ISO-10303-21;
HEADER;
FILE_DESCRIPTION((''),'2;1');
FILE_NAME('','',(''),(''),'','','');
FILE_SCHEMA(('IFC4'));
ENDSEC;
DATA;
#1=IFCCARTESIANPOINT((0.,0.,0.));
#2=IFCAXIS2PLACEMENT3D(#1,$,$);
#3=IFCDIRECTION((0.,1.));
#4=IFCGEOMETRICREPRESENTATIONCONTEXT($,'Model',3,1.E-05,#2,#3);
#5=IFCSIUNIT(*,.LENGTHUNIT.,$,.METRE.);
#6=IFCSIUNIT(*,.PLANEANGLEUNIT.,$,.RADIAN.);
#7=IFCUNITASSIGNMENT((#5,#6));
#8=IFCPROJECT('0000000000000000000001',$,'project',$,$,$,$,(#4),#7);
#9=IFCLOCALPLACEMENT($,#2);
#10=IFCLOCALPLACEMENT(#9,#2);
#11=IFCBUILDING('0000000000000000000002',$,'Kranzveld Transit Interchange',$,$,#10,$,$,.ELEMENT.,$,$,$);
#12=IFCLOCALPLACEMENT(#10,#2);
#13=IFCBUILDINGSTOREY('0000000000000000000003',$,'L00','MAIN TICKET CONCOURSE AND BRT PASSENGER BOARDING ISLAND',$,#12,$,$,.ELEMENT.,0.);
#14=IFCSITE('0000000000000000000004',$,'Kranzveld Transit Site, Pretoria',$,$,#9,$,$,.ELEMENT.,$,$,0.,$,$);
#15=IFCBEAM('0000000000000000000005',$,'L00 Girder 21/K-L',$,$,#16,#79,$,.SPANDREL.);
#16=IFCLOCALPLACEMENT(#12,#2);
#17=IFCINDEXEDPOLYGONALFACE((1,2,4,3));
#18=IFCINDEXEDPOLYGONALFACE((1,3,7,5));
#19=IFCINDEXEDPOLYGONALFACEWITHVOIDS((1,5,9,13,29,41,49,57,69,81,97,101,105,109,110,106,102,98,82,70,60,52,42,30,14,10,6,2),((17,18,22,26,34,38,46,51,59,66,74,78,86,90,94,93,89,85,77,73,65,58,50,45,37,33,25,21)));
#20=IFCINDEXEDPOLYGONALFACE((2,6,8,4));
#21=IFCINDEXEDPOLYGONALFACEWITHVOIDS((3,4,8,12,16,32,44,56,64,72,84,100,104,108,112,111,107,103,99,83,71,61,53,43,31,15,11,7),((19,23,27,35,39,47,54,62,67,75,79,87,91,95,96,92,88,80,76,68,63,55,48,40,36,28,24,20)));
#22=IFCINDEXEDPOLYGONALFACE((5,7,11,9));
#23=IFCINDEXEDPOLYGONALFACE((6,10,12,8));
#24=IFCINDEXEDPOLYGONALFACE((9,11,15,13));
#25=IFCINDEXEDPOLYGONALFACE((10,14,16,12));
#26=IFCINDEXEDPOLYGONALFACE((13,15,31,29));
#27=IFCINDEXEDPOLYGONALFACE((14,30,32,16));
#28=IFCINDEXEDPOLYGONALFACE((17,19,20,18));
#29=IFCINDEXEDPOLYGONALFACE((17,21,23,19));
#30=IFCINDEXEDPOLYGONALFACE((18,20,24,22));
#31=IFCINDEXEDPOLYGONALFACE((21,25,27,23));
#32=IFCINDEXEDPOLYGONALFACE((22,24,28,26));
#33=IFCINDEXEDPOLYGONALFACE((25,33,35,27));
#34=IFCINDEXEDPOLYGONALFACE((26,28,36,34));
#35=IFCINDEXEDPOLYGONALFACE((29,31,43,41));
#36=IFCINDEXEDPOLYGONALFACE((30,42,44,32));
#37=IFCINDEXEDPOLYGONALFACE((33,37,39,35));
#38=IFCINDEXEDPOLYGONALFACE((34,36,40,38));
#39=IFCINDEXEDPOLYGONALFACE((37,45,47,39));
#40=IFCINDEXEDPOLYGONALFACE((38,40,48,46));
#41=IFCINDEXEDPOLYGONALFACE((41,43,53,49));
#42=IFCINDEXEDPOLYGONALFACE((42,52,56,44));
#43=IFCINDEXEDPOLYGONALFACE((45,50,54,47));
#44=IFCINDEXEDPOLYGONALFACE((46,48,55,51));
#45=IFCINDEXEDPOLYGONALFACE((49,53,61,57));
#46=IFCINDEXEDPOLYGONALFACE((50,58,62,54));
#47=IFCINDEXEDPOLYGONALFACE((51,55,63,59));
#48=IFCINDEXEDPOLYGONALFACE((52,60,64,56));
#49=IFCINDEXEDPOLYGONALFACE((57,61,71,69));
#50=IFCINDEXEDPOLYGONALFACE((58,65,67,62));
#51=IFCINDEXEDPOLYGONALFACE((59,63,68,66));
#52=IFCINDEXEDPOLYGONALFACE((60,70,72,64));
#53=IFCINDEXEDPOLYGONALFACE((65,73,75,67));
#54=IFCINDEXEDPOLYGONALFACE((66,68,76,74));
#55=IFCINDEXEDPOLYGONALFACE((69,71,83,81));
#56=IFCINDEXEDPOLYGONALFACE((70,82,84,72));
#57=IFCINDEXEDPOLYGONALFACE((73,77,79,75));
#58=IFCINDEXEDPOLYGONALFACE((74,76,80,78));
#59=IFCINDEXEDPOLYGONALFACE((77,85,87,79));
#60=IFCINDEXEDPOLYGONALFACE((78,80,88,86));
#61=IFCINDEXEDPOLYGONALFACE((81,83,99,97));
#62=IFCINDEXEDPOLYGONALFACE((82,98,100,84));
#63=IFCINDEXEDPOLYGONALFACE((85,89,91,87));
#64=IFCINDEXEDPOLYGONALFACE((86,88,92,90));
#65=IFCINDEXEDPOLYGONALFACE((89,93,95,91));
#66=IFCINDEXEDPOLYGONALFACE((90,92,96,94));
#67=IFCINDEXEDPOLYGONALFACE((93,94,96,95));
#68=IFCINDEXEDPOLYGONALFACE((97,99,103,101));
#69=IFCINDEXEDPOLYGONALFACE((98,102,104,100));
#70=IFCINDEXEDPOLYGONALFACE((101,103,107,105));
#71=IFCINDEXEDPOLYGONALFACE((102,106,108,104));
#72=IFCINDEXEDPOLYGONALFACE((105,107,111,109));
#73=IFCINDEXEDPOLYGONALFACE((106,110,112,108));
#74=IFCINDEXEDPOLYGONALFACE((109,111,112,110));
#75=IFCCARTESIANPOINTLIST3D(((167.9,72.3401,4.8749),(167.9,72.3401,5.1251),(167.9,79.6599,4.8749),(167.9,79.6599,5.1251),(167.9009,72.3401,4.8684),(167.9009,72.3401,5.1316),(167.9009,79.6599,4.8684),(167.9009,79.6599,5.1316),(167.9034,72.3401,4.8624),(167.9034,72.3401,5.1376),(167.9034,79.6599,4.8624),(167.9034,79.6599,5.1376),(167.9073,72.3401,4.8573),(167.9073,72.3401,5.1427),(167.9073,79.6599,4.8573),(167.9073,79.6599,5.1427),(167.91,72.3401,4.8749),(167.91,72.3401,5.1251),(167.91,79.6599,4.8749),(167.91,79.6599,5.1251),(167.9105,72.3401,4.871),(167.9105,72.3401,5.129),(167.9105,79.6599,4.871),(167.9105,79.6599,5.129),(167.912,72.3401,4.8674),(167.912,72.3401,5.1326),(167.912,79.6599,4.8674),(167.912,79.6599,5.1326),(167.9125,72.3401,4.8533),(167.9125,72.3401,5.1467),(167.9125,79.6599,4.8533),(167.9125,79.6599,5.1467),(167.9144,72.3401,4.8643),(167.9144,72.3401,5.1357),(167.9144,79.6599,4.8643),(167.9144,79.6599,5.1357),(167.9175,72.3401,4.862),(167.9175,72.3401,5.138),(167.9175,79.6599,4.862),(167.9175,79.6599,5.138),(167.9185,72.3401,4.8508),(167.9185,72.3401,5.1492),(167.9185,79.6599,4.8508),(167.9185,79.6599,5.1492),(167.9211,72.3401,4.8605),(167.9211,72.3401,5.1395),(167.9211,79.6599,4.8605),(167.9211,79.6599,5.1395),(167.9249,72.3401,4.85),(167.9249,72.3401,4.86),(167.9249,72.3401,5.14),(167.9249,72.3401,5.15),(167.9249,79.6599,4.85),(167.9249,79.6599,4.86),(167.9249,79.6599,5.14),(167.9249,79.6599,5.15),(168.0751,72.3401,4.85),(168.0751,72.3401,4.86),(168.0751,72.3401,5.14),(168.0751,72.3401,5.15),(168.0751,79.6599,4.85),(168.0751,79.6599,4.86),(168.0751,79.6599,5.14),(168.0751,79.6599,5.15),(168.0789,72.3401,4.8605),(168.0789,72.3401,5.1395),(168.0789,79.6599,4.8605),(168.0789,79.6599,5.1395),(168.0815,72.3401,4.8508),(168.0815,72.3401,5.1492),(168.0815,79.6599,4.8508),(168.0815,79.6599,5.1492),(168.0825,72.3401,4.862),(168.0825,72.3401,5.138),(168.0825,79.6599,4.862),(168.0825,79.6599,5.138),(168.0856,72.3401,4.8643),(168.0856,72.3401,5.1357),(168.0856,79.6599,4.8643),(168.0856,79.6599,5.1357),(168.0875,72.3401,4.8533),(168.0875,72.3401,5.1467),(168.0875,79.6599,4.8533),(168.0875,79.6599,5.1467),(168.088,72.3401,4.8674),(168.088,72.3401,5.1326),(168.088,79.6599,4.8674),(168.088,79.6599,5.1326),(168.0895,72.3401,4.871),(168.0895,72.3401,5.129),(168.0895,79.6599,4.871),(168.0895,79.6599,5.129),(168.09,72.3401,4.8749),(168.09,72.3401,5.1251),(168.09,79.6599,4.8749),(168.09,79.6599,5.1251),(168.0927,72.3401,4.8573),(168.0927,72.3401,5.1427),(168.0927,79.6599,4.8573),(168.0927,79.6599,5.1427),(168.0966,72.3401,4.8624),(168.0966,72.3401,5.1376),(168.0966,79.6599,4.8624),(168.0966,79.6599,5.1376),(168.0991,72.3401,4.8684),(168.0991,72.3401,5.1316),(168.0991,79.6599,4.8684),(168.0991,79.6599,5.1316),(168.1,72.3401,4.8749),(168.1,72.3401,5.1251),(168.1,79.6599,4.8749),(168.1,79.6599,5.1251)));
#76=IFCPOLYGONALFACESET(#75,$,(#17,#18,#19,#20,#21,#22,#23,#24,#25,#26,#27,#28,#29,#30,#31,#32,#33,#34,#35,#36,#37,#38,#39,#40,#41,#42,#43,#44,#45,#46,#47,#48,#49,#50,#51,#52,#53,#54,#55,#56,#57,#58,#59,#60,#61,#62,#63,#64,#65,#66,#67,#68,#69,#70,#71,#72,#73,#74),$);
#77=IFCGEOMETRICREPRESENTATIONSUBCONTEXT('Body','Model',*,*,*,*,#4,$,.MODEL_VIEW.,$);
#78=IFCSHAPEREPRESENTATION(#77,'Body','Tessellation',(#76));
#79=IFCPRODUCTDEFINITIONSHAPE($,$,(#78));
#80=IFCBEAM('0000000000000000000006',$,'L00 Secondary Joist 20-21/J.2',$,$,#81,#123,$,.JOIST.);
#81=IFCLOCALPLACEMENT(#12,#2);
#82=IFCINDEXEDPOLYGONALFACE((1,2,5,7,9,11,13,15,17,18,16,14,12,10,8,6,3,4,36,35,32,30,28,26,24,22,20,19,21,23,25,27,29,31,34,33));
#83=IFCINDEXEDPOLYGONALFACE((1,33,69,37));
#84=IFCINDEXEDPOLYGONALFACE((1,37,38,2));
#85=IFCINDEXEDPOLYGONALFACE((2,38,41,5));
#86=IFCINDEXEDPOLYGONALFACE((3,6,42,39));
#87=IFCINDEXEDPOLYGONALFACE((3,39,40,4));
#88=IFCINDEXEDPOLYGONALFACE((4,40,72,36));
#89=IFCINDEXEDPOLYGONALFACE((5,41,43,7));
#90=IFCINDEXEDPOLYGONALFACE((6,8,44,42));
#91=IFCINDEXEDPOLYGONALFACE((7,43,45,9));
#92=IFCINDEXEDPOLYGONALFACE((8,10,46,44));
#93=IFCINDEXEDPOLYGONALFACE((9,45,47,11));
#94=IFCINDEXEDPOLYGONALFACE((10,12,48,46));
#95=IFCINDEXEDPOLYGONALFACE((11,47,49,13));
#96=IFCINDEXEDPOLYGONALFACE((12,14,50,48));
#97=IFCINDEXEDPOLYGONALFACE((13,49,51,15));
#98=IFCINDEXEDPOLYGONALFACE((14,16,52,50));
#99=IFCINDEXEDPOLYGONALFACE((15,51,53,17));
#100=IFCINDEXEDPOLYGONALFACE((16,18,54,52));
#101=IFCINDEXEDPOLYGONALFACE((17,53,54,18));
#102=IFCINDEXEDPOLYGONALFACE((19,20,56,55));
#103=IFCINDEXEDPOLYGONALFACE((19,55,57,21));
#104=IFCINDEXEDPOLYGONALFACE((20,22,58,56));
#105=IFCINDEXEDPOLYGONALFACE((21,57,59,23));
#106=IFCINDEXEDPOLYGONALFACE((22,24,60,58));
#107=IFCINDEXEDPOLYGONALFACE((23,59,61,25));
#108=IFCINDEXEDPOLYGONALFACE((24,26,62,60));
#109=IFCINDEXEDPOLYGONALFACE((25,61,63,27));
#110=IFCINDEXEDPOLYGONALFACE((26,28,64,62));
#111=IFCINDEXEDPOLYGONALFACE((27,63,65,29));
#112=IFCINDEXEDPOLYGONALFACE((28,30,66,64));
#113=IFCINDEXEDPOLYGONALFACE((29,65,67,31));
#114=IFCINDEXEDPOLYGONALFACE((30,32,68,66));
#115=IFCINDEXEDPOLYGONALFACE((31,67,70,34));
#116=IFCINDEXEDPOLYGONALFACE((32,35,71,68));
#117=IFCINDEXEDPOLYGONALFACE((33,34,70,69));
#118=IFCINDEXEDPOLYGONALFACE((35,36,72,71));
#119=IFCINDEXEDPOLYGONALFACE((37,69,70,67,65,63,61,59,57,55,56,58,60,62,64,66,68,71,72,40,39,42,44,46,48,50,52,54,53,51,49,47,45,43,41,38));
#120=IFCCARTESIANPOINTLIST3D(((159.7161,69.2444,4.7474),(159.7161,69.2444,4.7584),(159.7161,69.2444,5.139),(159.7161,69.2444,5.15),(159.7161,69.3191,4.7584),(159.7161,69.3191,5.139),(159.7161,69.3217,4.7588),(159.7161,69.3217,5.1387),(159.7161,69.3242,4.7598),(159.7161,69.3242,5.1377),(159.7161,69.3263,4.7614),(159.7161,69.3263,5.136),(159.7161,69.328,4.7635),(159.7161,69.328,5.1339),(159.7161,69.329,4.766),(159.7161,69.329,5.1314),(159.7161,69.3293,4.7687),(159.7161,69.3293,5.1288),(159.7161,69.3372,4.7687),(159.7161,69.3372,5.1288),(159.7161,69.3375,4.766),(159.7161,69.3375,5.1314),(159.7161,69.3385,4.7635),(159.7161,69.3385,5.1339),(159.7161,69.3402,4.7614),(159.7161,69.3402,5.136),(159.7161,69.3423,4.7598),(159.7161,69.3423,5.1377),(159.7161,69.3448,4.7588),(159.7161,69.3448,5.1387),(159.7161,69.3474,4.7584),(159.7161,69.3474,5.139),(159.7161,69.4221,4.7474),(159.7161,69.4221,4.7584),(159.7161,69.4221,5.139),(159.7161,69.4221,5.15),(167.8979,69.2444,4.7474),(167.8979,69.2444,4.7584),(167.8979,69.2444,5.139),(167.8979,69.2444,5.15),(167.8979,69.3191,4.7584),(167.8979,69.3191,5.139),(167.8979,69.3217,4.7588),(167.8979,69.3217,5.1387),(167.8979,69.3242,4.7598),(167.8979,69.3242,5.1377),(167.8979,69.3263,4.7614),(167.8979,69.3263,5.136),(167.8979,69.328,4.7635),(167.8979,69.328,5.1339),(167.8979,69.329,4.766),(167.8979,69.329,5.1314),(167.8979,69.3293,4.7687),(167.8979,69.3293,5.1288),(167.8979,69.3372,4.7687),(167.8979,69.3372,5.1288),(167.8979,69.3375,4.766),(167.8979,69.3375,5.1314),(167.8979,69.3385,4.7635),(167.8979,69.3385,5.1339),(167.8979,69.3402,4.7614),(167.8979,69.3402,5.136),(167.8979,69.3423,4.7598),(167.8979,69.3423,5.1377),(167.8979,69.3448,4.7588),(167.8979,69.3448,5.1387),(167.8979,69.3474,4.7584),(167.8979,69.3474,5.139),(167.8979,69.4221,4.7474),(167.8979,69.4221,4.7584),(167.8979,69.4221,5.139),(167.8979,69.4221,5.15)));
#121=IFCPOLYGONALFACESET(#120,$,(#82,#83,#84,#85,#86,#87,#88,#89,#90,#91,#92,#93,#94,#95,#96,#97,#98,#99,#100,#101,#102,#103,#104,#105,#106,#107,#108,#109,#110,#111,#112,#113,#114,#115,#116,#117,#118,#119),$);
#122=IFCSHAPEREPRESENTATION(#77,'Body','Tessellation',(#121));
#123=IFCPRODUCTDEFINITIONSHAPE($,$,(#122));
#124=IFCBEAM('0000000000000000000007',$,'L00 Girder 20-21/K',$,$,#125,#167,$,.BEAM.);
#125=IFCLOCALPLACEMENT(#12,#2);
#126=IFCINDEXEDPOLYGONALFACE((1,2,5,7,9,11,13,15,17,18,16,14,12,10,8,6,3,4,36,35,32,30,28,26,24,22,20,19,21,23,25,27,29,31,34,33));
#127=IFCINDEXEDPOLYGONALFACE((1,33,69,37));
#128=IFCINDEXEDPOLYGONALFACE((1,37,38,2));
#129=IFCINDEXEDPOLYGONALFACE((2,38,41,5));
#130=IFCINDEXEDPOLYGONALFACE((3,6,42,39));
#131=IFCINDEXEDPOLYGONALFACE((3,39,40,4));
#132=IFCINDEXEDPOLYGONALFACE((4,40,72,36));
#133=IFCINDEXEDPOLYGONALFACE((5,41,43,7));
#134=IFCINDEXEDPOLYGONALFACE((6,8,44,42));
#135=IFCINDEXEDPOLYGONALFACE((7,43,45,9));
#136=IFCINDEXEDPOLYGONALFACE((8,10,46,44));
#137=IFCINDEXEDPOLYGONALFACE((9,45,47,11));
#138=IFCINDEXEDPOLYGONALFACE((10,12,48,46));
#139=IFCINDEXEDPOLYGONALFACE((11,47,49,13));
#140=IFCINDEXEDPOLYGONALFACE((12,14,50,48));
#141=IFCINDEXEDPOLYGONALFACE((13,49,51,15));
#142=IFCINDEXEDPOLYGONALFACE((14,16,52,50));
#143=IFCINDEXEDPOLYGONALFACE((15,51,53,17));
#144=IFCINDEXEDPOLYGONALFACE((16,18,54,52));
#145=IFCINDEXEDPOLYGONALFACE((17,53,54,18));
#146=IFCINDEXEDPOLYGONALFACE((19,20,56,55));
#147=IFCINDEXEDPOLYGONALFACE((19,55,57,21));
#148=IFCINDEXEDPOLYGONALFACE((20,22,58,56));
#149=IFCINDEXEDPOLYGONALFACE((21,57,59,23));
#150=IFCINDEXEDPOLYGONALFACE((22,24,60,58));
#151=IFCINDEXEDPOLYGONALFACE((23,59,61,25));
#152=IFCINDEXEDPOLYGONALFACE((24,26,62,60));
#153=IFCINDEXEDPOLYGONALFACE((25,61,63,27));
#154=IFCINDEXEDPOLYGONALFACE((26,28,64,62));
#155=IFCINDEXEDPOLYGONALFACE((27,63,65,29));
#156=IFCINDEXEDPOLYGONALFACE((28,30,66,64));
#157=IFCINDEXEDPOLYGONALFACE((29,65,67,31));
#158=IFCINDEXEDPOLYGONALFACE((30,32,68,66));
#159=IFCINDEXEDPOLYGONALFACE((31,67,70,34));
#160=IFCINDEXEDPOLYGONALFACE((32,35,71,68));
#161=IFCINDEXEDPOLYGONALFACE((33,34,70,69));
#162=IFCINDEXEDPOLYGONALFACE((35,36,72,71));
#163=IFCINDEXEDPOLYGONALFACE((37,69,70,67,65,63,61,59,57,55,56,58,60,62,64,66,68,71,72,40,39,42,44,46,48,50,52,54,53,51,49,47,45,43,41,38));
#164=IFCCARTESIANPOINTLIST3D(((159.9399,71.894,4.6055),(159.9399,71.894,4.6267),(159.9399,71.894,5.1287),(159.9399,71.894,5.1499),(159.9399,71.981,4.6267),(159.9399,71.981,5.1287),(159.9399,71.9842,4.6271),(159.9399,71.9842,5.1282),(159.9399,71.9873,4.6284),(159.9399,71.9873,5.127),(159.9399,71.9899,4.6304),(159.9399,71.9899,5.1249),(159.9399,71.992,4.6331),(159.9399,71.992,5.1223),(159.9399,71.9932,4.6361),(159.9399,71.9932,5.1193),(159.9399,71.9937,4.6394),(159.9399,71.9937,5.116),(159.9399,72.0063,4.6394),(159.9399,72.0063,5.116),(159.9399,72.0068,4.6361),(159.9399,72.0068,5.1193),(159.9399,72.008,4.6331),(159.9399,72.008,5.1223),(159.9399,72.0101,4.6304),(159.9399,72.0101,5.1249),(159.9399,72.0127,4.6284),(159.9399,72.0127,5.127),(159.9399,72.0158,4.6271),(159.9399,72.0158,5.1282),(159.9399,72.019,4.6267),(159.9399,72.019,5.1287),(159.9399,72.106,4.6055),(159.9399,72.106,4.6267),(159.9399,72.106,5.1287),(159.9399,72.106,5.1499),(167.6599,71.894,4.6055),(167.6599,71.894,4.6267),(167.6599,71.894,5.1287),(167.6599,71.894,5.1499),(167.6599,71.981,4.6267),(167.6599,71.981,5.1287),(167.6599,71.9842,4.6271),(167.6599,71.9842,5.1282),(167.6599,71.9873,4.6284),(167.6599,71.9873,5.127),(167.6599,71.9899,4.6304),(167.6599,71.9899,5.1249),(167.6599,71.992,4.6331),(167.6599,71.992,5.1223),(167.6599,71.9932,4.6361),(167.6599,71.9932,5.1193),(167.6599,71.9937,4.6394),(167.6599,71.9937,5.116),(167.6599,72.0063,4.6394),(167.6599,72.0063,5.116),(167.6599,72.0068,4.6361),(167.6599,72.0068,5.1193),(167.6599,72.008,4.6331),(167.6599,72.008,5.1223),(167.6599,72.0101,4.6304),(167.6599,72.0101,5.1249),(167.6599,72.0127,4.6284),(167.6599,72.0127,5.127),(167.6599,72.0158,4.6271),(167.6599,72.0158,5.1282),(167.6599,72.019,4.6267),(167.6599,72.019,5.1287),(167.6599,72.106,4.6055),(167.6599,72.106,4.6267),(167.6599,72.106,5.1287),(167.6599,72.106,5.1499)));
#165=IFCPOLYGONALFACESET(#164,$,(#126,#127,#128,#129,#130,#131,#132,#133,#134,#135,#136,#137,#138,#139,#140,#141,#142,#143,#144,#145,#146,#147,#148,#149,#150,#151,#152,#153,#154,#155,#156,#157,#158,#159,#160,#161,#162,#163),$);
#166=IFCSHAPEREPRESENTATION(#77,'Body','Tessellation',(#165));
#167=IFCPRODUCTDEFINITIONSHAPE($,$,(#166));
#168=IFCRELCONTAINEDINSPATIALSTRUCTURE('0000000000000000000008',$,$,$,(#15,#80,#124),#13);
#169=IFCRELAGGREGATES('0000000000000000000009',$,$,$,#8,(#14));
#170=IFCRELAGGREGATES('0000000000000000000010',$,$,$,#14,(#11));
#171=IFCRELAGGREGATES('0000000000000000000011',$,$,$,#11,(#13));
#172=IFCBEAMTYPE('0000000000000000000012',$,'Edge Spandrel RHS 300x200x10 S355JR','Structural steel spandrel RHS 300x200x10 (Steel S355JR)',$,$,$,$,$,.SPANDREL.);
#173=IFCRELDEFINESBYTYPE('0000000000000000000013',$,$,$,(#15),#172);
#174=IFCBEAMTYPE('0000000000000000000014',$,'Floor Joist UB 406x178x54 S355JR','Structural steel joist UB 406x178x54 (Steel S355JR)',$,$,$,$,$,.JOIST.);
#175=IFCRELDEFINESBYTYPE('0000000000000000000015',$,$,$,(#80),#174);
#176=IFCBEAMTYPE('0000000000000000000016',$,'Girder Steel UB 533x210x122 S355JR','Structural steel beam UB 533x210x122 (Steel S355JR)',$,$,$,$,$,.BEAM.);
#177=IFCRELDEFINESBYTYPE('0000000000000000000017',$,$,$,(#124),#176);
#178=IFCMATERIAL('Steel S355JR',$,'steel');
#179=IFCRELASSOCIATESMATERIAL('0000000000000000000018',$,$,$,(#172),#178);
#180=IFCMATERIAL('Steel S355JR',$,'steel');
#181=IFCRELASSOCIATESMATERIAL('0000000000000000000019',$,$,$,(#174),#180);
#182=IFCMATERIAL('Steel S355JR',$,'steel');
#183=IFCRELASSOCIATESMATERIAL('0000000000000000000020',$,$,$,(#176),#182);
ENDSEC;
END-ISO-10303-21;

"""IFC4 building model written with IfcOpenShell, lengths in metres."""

from ifc_helpers import new_model, si_unit, direction, frame, origin, origin_2d, place, context, subcontext, project, spatial, hollow_rectangle, i_section, extrude, material, material_profile, profile_set, type_object, element, save


model = new_model("IFC4")

# Units and contexts
model_context = context("Model", 3, precision=1e-05, world=origin(), true_north=direction((0.0, 1.0)))
body_context = subcontext(model_context, "Body", "Model", "MODEL_VIEW")
ifc_project = project(units=[si_unit("LENGTHUNIT", "METRE"), si_unit("PLANEANGLEUNIT", "RADIAN")], contexts=[model_context])

# Site, building, storey
site_placement = place(None, origin())
site = spatial("IfcSite", under=ifc_project, at=site_placement, Name="Kranzveld Transit Site, Pretoria", CompositionType="ELEMENT", RefElevation=0.0)
building_placement = place(site_placement, origin())
building = spatial("IfcBuilding", under=site, at=building_placement, Name="Kranzveld Transit Interchange", CompositionType="ELEMENT")
storey_placement = place(building_placement, origin())
storey = spatial("IfcBuildingStorey", under=building, at=storey_placement, Name="L00", Description="MAIN TICKET CONCOURSE AND BRT PASSENGER BOARDING ISLAND", CompositionType="ELEMENT", Elevation=0.0)

# Beams
ifc_material_1 = material(Name="Steel S355JR", Category="steel")
ifc_material_profile_1 = material_profile(ifc_material_1, hollow_rectangle(XDim=0.2, YDim=0.3, WallThickness=0.01, InnerFilletRadius=0.0149, OuterFilletRadius=0.0249, at=origin_2d()), Name="RHS 300x200x10")
ifc_profile_set_1 = profile_set([ifc_material_profile_1], Name="Steel S355JR")
beam_type_1 = type_object("IfcBeamType", Name="Edge Spandrel RHS 300x200x10 S355JR", Description="Structural steel spandrel RHS 300x200x10 (Steel S355JR)", PredefinedType="SPANDREL", material=ifc_profile_set_1)
beam_1_placement = place(storey_placement, frame((168.0, 72.3401, 5.0), z_axis=(0.0, 1.0, 0.0), x_axis=(-1.0, 0.0, 0.0)))
element("IfcBeam", 1, at=beam_1_placement, inside=storey, type_object=beam_type_1, Name="L00 Girder 21/K-L", PredefinedType="SPANDREL", context=body_context, shape_type="SweptSolid", body=[
    extrude(hollow_rectangle(XDim=0.2, YDim=0.3, WallThickness=0.01, InnerFilletRadius=0.0149, OuterFilletRadius=0.0249, at=origin_2d()), origin(), (0.0, 0.0, 1.0), 7.3198),
])
ifc_material_2 = material(Name="Steel S355JR", Category="steel")
ifc_material_profile_2 = material_profile(ifc_material_2, i_section(OverallWidth=0.1777, OverallDepth=0.4026, WebThickness=0.0078, FlangeThickness=0.011, FilletRadius=0.0103, at=origin_2d()), Name="UB 406x178x54")
ifc_profile_set_2 = profile_set([ifc_material_profile_2], Name="Steel S355JR")
beam_type_2 = type_object("IfcBeamType", Name="Floor Joist UB 406x178x54 S355JR", Description="Structural steel joist UB 406x178x54 (Steel S355JR)", PredefinedType="JOIST", material=ifc_profile_set_2)
beam_2_placement = place(storey_placement, frame((159.7161, 69.3333, 4.9487), z_axis=(1.0, 0.0, 0.0), x_axis=(0.0, 1.0, 0.0)))
element("IfcBeam", 2, at=beam_2_placement, inside=storey, type_object=beam_type_2, Name="L00 Secondary Joist 20-21/J.2", PredefinedType="JOIST", context=body_context, shape_type="SweptSolid", body=[
    extrude(i_section(OverallWidth=0.1777, OverallDepth=0.4026, WebThickness=0.0078, FlangeThickness=0.011, FilletRadius=0.0103, at=origin_2d()), origin(), (0.0, 0.0, 1.0), 8.1819),
])
ifc_material_3 = material(Name="Steel S355JR", Category="steel")
ifc_material_profile_3 = material_profile(ifc_material_3, i_section(OverallWidth=0.2119, OverallDepth=0.5444, WebThickness=0.0127, FlangeThickness=0.0212, FilletRadius=0.0127, at=origin_2d()), Name="UB 533x210x122")
ifc_profile_set_3 = profile_set([ifc_material_profile_3], Name="Steel S355JR")
beam_type_3 = type_object("IfcBeamType", Name="Girder Steel UB 533x210x122 S355JR", Description="Structural steel beam UB 533x210x122 (Steel S355JR)", PredefinedType="BEAM", material=ifc_profile_set_3)
beam_3_placement = place(storey_placement, frame((159.9399, 72.0, 4.8777), z_axis=(1.0, 0.0, 0.0), x_axis=(0.0, 1.0, 0.0)))
element("IfcBeam", 3, at=beam_3_placement, inside=storey, type_object=beam_type_3, Name="L00 Girder 20-21/K", PredefinedType="BEAM", context=body_context, shape_type="SweptSolid", body=[
    extrude(i_section(OverallWidth=0.2119, OverallDepth=0.5444, WebThickness=0.0127, FlangeThickness=0.0212, FilletRadius=0.0127, at=origin_2d()), origin(), (0.0, 0.0, 1.0), 7.72),
])

save(model, "model.ifc")
